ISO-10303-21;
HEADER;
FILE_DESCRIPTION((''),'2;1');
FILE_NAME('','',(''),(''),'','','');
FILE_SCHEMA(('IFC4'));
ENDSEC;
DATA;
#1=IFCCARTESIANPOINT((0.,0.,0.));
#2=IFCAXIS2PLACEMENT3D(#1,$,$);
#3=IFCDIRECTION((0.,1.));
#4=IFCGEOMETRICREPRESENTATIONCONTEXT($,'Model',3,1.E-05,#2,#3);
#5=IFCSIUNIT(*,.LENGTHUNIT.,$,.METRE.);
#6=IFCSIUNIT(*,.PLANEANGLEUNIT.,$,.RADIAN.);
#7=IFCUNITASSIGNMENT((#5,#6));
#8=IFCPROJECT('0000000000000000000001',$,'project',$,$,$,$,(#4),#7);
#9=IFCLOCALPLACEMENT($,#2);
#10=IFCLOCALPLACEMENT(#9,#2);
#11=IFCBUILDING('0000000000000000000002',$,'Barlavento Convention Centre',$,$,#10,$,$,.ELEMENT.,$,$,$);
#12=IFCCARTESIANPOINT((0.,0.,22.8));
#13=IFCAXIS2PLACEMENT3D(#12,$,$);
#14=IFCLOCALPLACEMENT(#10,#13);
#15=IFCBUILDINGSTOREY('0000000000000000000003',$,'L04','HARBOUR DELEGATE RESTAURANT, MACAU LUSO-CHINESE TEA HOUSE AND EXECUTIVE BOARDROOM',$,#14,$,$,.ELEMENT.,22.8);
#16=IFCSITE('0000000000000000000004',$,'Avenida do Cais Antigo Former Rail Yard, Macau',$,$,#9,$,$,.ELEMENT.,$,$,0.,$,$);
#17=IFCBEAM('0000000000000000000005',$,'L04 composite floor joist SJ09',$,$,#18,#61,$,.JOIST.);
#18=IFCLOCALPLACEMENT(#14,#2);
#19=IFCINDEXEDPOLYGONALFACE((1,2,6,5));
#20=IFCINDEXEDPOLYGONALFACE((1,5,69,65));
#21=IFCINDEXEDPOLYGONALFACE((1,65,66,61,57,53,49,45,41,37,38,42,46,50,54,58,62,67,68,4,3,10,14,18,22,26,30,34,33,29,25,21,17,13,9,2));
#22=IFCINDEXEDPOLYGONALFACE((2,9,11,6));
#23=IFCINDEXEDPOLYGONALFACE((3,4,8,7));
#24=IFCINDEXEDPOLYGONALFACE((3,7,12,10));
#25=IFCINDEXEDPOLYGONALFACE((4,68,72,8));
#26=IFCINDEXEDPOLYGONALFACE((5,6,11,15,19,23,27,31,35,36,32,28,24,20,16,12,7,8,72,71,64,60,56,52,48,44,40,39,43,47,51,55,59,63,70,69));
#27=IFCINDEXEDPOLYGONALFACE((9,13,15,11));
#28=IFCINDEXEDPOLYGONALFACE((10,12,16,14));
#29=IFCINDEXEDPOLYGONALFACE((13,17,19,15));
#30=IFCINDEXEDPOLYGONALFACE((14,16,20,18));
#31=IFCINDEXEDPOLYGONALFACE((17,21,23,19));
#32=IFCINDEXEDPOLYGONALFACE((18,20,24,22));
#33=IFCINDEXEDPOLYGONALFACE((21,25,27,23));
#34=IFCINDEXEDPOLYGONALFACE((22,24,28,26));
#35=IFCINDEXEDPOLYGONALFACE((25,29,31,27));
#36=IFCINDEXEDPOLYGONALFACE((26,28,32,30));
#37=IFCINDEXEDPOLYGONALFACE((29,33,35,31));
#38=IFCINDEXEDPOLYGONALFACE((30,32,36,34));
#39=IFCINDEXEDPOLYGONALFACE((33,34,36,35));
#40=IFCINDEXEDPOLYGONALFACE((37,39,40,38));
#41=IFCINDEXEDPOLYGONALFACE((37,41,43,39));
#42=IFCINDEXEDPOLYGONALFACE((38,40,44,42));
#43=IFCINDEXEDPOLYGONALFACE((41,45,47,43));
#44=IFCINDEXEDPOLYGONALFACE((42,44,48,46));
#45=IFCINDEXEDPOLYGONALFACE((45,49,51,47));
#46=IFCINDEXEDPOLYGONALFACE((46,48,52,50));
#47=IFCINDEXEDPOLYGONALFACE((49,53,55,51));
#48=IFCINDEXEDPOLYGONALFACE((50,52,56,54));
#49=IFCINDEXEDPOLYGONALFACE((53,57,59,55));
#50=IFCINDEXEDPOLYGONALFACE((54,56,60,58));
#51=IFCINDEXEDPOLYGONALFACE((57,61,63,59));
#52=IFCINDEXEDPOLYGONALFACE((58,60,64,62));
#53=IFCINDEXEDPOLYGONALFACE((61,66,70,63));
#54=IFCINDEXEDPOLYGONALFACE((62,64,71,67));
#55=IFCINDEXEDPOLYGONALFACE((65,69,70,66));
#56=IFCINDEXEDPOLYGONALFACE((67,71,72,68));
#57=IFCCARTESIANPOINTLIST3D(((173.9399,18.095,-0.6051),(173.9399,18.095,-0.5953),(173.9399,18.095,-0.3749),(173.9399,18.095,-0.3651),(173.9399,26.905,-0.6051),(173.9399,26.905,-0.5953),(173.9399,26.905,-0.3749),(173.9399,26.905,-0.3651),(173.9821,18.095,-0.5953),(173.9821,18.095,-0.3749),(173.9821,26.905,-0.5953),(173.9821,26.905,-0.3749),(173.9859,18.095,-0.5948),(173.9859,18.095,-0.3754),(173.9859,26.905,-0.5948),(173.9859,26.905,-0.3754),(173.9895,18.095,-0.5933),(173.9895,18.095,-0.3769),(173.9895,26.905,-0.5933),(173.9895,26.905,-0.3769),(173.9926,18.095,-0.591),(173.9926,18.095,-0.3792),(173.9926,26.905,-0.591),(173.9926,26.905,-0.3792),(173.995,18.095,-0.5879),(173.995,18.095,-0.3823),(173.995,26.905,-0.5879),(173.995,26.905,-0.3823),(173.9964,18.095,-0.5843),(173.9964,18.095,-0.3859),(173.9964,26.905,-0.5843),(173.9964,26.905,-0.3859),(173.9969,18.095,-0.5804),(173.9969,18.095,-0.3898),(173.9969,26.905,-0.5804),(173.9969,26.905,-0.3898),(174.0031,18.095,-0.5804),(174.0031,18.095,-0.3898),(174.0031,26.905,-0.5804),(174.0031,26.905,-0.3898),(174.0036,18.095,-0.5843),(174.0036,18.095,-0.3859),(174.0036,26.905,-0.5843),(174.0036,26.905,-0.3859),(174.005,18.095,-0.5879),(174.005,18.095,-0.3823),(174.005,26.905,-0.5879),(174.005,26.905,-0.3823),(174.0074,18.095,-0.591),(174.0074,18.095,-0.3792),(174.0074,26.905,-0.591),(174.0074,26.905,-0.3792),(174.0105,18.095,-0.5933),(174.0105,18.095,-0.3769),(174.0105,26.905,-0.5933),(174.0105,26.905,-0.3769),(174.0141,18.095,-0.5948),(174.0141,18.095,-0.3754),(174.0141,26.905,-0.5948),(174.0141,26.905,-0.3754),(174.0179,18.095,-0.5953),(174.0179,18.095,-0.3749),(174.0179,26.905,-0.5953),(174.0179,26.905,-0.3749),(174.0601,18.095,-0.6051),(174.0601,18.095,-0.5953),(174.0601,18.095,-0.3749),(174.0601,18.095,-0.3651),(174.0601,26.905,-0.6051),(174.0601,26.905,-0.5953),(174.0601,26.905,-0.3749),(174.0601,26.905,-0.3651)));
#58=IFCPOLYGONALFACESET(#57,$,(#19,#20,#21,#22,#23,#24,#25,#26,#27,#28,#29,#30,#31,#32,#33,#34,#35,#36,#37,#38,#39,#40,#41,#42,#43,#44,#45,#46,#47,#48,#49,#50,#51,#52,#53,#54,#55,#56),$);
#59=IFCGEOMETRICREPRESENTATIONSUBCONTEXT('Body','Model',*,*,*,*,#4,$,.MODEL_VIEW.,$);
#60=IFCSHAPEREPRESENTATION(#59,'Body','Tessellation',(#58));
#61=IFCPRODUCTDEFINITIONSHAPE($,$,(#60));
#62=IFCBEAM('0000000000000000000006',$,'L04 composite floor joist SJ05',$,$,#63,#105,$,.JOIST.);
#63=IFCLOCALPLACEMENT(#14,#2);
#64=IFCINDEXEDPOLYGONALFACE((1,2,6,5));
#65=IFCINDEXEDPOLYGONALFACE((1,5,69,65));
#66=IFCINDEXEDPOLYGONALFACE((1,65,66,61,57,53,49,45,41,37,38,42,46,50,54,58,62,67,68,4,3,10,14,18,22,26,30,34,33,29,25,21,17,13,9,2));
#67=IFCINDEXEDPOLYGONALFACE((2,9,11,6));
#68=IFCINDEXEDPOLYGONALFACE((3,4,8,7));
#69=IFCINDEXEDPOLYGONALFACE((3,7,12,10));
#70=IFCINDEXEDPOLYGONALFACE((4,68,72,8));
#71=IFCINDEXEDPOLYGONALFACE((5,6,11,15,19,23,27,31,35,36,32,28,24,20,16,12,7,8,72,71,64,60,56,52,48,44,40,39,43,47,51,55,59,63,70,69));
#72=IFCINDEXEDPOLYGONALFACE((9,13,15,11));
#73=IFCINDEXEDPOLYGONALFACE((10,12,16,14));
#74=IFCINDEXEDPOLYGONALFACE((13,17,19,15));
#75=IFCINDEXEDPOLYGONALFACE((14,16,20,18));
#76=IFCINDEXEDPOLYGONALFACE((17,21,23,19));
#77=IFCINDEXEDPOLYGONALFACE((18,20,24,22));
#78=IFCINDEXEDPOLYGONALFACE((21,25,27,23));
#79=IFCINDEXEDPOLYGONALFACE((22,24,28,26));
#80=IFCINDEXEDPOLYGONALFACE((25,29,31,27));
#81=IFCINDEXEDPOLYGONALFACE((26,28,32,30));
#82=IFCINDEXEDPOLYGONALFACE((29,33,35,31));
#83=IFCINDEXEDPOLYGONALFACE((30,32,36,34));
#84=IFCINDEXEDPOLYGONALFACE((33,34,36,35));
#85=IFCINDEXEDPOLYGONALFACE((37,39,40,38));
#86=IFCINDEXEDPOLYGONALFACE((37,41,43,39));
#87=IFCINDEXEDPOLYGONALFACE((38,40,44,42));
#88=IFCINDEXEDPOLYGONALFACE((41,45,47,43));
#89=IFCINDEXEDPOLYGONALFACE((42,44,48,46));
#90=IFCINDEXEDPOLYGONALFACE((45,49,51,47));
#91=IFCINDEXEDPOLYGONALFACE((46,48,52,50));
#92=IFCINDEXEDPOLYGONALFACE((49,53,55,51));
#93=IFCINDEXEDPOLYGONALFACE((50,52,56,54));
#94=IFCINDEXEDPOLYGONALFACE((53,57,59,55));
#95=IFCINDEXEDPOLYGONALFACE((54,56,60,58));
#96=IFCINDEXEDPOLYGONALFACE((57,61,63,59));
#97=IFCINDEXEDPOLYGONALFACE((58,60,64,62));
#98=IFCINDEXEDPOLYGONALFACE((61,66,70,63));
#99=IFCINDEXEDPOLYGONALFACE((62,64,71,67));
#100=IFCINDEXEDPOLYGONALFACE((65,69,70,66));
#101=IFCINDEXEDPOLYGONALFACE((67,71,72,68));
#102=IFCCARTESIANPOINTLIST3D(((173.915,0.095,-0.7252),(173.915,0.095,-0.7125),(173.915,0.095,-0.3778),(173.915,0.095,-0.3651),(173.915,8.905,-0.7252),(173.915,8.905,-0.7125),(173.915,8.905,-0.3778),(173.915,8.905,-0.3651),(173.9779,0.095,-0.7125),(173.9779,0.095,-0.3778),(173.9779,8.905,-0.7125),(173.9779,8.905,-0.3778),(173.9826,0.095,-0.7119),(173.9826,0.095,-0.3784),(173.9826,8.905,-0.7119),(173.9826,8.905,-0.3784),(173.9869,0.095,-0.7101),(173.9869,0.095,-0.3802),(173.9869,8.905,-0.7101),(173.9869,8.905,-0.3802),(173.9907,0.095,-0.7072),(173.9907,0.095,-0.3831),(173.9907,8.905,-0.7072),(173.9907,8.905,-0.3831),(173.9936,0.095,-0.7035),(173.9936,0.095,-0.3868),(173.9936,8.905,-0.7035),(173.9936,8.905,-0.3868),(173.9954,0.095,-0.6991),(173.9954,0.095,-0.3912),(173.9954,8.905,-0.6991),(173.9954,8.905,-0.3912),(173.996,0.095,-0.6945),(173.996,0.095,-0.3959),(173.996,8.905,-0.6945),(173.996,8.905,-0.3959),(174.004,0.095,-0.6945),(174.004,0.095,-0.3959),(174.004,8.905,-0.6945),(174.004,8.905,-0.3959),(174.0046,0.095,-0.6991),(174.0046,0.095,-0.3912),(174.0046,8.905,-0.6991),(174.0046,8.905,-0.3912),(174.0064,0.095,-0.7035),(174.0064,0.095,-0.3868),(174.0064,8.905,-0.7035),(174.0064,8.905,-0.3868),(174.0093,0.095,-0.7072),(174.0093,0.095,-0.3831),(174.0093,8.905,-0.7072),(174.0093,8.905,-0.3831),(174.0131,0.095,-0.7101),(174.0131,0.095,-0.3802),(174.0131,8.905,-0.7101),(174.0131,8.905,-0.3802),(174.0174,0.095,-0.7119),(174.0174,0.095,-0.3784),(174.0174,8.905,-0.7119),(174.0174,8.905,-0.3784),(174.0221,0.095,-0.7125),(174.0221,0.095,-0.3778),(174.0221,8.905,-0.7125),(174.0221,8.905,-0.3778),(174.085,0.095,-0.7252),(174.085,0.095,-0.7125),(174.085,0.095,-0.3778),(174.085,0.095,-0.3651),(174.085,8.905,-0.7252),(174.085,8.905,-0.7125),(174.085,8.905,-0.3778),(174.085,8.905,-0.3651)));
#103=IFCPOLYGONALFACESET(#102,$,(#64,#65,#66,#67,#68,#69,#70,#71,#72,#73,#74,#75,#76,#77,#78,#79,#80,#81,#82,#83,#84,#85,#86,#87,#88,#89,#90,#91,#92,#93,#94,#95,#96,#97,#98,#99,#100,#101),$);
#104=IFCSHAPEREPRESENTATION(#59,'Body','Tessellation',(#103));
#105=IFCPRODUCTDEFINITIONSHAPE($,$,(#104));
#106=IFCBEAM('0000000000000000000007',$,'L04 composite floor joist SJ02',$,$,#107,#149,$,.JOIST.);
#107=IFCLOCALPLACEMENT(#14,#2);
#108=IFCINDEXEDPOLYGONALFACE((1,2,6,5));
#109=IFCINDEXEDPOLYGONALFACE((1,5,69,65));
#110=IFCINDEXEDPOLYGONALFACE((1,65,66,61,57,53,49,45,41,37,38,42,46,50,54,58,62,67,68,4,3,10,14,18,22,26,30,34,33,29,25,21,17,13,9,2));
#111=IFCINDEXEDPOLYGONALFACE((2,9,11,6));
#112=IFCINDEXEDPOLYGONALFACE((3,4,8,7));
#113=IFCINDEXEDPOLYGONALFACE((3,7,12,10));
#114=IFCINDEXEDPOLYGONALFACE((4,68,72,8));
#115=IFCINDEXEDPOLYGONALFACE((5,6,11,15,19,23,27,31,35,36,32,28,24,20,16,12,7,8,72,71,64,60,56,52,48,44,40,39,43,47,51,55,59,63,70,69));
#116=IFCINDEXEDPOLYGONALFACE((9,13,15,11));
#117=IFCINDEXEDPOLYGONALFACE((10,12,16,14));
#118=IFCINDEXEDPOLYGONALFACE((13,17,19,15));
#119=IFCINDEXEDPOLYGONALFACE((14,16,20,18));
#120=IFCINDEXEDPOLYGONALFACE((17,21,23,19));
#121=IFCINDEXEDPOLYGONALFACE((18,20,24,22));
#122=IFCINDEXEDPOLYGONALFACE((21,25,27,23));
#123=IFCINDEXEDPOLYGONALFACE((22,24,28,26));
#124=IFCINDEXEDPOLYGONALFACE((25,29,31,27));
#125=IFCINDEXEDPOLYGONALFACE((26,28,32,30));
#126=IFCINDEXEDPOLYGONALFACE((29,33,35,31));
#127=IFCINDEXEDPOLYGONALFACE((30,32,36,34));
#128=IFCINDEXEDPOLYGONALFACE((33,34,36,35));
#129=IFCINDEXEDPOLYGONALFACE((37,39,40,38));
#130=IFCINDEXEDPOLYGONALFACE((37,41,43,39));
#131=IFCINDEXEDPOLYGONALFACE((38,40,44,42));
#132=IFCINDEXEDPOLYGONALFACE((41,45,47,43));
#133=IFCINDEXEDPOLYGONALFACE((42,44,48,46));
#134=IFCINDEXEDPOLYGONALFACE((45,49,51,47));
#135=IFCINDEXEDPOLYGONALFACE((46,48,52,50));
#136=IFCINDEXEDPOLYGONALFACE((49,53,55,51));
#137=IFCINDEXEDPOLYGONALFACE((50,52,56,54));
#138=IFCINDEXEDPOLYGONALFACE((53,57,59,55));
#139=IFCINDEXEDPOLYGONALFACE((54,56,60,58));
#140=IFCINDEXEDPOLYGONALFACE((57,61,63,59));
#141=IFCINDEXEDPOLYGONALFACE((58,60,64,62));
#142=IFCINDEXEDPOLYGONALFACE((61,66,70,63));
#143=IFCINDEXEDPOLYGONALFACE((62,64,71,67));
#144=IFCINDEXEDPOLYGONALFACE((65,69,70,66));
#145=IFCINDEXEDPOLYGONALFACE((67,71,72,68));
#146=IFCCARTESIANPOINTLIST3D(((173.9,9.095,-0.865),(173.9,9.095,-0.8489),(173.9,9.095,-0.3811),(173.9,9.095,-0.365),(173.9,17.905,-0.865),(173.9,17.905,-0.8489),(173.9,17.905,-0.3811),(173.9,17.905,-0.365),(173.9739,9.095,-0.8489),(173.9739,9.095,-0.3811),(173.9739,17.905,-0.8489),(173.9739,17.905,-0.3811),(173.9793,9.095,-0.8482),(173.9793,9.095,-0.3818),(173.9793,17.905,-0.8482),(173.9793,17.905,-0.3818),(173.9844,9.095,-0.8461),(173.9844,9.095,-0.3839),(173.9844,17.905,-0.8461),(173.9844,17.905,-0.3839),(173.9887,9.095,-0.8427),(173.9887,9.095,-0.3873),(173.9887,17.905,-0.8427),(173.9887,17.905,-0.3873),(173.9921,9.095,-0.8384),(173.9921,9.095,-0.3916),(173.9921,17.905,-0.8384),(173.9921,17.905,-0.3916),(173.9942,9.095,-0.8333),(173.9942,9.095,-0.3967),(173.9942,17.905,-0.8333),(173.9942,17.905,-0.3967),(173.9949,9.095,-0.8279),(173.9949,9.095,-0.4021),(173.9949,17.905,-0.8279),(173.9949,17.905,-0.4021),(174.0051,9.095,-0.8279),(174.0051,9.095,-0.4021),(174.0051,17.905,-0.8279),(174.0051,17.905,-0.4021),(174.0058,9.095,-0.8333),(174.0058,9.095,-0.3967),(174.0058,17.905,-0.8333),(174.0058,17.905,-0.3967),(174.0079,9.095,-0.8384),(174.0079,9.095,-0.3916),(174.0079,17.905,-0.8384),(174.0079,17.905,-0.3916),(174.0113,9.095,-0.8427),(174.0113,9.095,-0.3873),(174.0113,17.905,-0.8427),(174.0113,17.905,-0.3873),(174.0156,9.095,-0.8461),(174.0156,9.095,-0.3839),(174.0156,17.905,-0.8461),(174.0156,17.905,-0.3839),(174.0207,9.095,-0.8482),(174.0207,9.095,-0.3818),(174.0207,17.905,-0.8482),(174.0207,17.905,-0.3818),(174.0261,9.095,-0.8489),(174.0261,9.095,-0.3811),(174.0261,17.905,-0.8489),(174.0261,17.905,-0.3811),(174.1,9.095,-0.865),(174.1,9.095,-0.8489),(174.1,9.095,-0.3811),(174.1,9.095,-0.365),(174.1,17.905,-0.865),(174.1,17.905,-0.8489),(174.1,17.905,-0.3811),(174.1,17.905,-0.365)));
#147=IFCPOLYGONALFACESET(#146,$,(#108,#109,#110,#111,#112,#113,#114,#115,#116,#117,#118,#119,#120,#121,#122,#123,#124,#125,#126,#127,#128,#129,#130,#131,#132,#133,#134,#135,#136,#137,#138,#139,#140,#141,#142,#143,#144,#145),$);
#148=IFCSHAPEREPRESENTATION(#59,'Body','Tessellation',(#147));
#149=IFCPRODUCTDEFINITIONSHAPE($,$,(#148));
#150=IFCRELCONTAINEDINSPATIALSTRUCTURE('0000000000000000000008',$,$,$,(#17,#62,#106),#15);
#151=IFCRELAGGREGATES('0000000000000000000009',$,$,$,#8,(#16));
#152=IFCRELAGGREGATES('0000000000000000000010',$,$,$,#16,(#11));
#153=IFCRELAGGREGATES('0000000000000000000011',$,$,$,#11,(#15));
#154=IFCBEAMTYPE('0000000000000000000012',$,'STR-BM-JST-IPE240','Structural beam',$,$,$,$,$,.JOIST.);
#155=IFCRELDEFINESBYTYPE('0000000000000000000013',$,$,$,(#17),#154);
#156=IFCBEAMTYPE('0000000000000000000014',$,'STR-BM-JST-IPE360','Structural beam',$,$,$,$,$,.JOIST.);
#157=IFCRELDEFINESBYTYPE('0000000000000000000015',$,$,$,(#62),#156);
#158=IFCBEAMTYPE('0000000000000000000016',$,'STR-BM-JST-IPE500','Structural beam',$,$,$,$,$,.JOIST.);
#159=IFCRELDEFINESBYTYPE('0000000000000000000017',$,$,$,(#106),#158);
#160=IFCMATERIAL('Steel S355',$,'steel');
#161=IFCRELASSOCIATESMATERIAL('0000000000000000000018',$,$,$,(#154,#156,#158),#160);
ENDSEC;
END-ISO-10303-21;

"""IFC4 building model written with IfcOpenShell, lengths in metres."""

from ifc_helpers import new_model, si_unit, direction, frame, origin, origin_2d, place, context, subcontext, project, spatial, i_section, extrude, material, material_profile, profile_set, type_object, element, save


model = new_model("IFC4")

# Units and contexts
model_context = context("Model", 3, precision=1e-05, world=origin(), true_north=direction((0.0, 1.0)))
body_context = subcontext(model_context, "Body", "Model", "MODEL_VIEW")
ifc_project = project(units=[si_unit("LENGTHUNIT", "METRE"), si_unit("PLANEANGLEUNIT", "RADIAN")], contexts=[model_context])

# Site, building, storey
site_placement = place(None, origin())
site = spatial("IfcSite", under=ifc_project, at=site_placement, Name="Avenida do Cais Antigo Former Rail Yard, Macau", CompositionType="ELEMENT", RefElevation=0.0)
building_placement = place(site_placement, origin())
building = spatial("IfcBuilding", under=site, at=building_placement, Name="Barlavento Convention Centre", CompositionType="ELEMENT")
storey_placement = place(building_placement, frame((0.0, 0.0, 22.8)))
storey = spatial("IfcBuildingStorey", under=building, at=storey_placement, Name="L04", Description="HARBOUR DELEGATE RESTAURANT, MACAU LUSO-CHINESE TEA HOUSE AND EXECUTIVE BOARDROOM", CompositionType="ELEMENT", Elevation=22.8)

# Beams
ifc_material_1 = material(Name="Steel S355", Category="steel")
ifc_material_profile_1 = material_profile(ifc_material_1, i_section(OverallWidth=0.1201, OverallDepth=0.24, WebThickness=0.0061, FlangeThickness=0.0098, FilletRadius=0.0149, at=origin_2d()), Name="IPE 240")
ifc_profile_set_1 = profile_set([ifc_material_profile_1], Name="Steel S355")
beam_type_1 = type_object("IfcBeamType", Name="STR-BM-JST-IPE240", Description="Structural beam", PredefinedType="JOIST", material=ifc_profile_set_1)
beam_1_placement = place(storey_placement, frame((174.0, 18.095, -0.4851), z_axis=(0.0, 1.0, 0.0), x_axis=(-1.0, 0.0, 0.0)))
element("IfcBeam", 1, at=beam_1_placement, inside=storey, type_object=beam_type_1, Name="L04 composite floor joist SJ09", PredefinedType="JOIST", context=body_context, shape_type="SweptSolid", body=[
    extrude(i_section(OverallWidth=0.1201, OverallDepth=0.24, WebThickness=0.0061, FlangeThickness=0.0098, FilletRadius=0.0149, at=origin_2d()), origin(), (0.0, 0.0, 1.0), 8.8101),
])
ifc_material_profile_2 = material_profile(ifc_material_1, i_section(OverallWidth=0.1699, OverallDepth=0.3601, WebThickness=0.0081, FlangeThickness=0.0127, FilletRadius=0.0181, at=origin_2d()), Name="IPE 360")
ifc_profile_set_2 = profile_set([ifc_material_profile_2], Name="Steel S355")
beam_type_2 = type_object("IfcBeamType", Name="STR-BM-JST-IPE360", Description="Structural beam", PredefinedType="JOIST", material=ifc_profile_set_2)
beam_2_placement = place(storey_placement, frame((174.0, 0.095, -0.5452), z_axis=(0.0, 1.0, 0.0), x_axis=(-1.0, 0.0, 0.0)))
element("IfcBeam", 2, at=beam_2_placement, inside=storey, type_object=beam_type_2, Name="L04 composite floor joist SJ05", PredefinedType="JOIST", context=body_context, shape_type="SweptSolid", body=[
    extrude(i_section(OverallWidth=0.1699, OverallDepth=0.3601, WebThickness=0.0081, FlangeThickness=0.0127, FilletRadius=0.0181, at=origin_2d()), origin(), (0.0, 0.0, 1.0), 8.8101),
])
ifc_material_profile_3 = material_profile(ifc_material_1, i_section(OverallWidth=0.2, OverallDepth=0.5, WebThickness=0.0103, FlangeThickness=0.0161, FilletRadius=0.021, at=origin_2d()), Name="IPE 500")
ifc_profile_set_3 = profile_set([ifc_material_profile_3], Name="Steel S355")
beam_type_3 = type_object("IfcBeamType", Name="STR-BM-JST-IPE500", Description="Structural beam", PredefinedType="JOIST", material=ifc_profile_set_3)
beam_3_placement = place(storey_placement, frame((174.0, 9.095, -0.615), z_axis=(0.0, 1.0, 0.0), x_axis=(-1.0, 0.0, 0.0)))
element("IfcBeam", 3, at=beam_3_placement, inside=storey, type_object=beam_type_3, Name="L04 composite floor joist SJ02", PredefinedType="JOIST", context=body_context, shape_type="SweptSolid", body=[
    extrude(i_section(OverallWidth=0.2, OverallDepth=0.5, WebThickness=0.0103, FlangeThickness=0.0161, FilletRadius=0.021, at=origin_2d()), origin(), (0.0, 0.0, 1.0), 8.8101),
])

save(model, "model.ifc")
